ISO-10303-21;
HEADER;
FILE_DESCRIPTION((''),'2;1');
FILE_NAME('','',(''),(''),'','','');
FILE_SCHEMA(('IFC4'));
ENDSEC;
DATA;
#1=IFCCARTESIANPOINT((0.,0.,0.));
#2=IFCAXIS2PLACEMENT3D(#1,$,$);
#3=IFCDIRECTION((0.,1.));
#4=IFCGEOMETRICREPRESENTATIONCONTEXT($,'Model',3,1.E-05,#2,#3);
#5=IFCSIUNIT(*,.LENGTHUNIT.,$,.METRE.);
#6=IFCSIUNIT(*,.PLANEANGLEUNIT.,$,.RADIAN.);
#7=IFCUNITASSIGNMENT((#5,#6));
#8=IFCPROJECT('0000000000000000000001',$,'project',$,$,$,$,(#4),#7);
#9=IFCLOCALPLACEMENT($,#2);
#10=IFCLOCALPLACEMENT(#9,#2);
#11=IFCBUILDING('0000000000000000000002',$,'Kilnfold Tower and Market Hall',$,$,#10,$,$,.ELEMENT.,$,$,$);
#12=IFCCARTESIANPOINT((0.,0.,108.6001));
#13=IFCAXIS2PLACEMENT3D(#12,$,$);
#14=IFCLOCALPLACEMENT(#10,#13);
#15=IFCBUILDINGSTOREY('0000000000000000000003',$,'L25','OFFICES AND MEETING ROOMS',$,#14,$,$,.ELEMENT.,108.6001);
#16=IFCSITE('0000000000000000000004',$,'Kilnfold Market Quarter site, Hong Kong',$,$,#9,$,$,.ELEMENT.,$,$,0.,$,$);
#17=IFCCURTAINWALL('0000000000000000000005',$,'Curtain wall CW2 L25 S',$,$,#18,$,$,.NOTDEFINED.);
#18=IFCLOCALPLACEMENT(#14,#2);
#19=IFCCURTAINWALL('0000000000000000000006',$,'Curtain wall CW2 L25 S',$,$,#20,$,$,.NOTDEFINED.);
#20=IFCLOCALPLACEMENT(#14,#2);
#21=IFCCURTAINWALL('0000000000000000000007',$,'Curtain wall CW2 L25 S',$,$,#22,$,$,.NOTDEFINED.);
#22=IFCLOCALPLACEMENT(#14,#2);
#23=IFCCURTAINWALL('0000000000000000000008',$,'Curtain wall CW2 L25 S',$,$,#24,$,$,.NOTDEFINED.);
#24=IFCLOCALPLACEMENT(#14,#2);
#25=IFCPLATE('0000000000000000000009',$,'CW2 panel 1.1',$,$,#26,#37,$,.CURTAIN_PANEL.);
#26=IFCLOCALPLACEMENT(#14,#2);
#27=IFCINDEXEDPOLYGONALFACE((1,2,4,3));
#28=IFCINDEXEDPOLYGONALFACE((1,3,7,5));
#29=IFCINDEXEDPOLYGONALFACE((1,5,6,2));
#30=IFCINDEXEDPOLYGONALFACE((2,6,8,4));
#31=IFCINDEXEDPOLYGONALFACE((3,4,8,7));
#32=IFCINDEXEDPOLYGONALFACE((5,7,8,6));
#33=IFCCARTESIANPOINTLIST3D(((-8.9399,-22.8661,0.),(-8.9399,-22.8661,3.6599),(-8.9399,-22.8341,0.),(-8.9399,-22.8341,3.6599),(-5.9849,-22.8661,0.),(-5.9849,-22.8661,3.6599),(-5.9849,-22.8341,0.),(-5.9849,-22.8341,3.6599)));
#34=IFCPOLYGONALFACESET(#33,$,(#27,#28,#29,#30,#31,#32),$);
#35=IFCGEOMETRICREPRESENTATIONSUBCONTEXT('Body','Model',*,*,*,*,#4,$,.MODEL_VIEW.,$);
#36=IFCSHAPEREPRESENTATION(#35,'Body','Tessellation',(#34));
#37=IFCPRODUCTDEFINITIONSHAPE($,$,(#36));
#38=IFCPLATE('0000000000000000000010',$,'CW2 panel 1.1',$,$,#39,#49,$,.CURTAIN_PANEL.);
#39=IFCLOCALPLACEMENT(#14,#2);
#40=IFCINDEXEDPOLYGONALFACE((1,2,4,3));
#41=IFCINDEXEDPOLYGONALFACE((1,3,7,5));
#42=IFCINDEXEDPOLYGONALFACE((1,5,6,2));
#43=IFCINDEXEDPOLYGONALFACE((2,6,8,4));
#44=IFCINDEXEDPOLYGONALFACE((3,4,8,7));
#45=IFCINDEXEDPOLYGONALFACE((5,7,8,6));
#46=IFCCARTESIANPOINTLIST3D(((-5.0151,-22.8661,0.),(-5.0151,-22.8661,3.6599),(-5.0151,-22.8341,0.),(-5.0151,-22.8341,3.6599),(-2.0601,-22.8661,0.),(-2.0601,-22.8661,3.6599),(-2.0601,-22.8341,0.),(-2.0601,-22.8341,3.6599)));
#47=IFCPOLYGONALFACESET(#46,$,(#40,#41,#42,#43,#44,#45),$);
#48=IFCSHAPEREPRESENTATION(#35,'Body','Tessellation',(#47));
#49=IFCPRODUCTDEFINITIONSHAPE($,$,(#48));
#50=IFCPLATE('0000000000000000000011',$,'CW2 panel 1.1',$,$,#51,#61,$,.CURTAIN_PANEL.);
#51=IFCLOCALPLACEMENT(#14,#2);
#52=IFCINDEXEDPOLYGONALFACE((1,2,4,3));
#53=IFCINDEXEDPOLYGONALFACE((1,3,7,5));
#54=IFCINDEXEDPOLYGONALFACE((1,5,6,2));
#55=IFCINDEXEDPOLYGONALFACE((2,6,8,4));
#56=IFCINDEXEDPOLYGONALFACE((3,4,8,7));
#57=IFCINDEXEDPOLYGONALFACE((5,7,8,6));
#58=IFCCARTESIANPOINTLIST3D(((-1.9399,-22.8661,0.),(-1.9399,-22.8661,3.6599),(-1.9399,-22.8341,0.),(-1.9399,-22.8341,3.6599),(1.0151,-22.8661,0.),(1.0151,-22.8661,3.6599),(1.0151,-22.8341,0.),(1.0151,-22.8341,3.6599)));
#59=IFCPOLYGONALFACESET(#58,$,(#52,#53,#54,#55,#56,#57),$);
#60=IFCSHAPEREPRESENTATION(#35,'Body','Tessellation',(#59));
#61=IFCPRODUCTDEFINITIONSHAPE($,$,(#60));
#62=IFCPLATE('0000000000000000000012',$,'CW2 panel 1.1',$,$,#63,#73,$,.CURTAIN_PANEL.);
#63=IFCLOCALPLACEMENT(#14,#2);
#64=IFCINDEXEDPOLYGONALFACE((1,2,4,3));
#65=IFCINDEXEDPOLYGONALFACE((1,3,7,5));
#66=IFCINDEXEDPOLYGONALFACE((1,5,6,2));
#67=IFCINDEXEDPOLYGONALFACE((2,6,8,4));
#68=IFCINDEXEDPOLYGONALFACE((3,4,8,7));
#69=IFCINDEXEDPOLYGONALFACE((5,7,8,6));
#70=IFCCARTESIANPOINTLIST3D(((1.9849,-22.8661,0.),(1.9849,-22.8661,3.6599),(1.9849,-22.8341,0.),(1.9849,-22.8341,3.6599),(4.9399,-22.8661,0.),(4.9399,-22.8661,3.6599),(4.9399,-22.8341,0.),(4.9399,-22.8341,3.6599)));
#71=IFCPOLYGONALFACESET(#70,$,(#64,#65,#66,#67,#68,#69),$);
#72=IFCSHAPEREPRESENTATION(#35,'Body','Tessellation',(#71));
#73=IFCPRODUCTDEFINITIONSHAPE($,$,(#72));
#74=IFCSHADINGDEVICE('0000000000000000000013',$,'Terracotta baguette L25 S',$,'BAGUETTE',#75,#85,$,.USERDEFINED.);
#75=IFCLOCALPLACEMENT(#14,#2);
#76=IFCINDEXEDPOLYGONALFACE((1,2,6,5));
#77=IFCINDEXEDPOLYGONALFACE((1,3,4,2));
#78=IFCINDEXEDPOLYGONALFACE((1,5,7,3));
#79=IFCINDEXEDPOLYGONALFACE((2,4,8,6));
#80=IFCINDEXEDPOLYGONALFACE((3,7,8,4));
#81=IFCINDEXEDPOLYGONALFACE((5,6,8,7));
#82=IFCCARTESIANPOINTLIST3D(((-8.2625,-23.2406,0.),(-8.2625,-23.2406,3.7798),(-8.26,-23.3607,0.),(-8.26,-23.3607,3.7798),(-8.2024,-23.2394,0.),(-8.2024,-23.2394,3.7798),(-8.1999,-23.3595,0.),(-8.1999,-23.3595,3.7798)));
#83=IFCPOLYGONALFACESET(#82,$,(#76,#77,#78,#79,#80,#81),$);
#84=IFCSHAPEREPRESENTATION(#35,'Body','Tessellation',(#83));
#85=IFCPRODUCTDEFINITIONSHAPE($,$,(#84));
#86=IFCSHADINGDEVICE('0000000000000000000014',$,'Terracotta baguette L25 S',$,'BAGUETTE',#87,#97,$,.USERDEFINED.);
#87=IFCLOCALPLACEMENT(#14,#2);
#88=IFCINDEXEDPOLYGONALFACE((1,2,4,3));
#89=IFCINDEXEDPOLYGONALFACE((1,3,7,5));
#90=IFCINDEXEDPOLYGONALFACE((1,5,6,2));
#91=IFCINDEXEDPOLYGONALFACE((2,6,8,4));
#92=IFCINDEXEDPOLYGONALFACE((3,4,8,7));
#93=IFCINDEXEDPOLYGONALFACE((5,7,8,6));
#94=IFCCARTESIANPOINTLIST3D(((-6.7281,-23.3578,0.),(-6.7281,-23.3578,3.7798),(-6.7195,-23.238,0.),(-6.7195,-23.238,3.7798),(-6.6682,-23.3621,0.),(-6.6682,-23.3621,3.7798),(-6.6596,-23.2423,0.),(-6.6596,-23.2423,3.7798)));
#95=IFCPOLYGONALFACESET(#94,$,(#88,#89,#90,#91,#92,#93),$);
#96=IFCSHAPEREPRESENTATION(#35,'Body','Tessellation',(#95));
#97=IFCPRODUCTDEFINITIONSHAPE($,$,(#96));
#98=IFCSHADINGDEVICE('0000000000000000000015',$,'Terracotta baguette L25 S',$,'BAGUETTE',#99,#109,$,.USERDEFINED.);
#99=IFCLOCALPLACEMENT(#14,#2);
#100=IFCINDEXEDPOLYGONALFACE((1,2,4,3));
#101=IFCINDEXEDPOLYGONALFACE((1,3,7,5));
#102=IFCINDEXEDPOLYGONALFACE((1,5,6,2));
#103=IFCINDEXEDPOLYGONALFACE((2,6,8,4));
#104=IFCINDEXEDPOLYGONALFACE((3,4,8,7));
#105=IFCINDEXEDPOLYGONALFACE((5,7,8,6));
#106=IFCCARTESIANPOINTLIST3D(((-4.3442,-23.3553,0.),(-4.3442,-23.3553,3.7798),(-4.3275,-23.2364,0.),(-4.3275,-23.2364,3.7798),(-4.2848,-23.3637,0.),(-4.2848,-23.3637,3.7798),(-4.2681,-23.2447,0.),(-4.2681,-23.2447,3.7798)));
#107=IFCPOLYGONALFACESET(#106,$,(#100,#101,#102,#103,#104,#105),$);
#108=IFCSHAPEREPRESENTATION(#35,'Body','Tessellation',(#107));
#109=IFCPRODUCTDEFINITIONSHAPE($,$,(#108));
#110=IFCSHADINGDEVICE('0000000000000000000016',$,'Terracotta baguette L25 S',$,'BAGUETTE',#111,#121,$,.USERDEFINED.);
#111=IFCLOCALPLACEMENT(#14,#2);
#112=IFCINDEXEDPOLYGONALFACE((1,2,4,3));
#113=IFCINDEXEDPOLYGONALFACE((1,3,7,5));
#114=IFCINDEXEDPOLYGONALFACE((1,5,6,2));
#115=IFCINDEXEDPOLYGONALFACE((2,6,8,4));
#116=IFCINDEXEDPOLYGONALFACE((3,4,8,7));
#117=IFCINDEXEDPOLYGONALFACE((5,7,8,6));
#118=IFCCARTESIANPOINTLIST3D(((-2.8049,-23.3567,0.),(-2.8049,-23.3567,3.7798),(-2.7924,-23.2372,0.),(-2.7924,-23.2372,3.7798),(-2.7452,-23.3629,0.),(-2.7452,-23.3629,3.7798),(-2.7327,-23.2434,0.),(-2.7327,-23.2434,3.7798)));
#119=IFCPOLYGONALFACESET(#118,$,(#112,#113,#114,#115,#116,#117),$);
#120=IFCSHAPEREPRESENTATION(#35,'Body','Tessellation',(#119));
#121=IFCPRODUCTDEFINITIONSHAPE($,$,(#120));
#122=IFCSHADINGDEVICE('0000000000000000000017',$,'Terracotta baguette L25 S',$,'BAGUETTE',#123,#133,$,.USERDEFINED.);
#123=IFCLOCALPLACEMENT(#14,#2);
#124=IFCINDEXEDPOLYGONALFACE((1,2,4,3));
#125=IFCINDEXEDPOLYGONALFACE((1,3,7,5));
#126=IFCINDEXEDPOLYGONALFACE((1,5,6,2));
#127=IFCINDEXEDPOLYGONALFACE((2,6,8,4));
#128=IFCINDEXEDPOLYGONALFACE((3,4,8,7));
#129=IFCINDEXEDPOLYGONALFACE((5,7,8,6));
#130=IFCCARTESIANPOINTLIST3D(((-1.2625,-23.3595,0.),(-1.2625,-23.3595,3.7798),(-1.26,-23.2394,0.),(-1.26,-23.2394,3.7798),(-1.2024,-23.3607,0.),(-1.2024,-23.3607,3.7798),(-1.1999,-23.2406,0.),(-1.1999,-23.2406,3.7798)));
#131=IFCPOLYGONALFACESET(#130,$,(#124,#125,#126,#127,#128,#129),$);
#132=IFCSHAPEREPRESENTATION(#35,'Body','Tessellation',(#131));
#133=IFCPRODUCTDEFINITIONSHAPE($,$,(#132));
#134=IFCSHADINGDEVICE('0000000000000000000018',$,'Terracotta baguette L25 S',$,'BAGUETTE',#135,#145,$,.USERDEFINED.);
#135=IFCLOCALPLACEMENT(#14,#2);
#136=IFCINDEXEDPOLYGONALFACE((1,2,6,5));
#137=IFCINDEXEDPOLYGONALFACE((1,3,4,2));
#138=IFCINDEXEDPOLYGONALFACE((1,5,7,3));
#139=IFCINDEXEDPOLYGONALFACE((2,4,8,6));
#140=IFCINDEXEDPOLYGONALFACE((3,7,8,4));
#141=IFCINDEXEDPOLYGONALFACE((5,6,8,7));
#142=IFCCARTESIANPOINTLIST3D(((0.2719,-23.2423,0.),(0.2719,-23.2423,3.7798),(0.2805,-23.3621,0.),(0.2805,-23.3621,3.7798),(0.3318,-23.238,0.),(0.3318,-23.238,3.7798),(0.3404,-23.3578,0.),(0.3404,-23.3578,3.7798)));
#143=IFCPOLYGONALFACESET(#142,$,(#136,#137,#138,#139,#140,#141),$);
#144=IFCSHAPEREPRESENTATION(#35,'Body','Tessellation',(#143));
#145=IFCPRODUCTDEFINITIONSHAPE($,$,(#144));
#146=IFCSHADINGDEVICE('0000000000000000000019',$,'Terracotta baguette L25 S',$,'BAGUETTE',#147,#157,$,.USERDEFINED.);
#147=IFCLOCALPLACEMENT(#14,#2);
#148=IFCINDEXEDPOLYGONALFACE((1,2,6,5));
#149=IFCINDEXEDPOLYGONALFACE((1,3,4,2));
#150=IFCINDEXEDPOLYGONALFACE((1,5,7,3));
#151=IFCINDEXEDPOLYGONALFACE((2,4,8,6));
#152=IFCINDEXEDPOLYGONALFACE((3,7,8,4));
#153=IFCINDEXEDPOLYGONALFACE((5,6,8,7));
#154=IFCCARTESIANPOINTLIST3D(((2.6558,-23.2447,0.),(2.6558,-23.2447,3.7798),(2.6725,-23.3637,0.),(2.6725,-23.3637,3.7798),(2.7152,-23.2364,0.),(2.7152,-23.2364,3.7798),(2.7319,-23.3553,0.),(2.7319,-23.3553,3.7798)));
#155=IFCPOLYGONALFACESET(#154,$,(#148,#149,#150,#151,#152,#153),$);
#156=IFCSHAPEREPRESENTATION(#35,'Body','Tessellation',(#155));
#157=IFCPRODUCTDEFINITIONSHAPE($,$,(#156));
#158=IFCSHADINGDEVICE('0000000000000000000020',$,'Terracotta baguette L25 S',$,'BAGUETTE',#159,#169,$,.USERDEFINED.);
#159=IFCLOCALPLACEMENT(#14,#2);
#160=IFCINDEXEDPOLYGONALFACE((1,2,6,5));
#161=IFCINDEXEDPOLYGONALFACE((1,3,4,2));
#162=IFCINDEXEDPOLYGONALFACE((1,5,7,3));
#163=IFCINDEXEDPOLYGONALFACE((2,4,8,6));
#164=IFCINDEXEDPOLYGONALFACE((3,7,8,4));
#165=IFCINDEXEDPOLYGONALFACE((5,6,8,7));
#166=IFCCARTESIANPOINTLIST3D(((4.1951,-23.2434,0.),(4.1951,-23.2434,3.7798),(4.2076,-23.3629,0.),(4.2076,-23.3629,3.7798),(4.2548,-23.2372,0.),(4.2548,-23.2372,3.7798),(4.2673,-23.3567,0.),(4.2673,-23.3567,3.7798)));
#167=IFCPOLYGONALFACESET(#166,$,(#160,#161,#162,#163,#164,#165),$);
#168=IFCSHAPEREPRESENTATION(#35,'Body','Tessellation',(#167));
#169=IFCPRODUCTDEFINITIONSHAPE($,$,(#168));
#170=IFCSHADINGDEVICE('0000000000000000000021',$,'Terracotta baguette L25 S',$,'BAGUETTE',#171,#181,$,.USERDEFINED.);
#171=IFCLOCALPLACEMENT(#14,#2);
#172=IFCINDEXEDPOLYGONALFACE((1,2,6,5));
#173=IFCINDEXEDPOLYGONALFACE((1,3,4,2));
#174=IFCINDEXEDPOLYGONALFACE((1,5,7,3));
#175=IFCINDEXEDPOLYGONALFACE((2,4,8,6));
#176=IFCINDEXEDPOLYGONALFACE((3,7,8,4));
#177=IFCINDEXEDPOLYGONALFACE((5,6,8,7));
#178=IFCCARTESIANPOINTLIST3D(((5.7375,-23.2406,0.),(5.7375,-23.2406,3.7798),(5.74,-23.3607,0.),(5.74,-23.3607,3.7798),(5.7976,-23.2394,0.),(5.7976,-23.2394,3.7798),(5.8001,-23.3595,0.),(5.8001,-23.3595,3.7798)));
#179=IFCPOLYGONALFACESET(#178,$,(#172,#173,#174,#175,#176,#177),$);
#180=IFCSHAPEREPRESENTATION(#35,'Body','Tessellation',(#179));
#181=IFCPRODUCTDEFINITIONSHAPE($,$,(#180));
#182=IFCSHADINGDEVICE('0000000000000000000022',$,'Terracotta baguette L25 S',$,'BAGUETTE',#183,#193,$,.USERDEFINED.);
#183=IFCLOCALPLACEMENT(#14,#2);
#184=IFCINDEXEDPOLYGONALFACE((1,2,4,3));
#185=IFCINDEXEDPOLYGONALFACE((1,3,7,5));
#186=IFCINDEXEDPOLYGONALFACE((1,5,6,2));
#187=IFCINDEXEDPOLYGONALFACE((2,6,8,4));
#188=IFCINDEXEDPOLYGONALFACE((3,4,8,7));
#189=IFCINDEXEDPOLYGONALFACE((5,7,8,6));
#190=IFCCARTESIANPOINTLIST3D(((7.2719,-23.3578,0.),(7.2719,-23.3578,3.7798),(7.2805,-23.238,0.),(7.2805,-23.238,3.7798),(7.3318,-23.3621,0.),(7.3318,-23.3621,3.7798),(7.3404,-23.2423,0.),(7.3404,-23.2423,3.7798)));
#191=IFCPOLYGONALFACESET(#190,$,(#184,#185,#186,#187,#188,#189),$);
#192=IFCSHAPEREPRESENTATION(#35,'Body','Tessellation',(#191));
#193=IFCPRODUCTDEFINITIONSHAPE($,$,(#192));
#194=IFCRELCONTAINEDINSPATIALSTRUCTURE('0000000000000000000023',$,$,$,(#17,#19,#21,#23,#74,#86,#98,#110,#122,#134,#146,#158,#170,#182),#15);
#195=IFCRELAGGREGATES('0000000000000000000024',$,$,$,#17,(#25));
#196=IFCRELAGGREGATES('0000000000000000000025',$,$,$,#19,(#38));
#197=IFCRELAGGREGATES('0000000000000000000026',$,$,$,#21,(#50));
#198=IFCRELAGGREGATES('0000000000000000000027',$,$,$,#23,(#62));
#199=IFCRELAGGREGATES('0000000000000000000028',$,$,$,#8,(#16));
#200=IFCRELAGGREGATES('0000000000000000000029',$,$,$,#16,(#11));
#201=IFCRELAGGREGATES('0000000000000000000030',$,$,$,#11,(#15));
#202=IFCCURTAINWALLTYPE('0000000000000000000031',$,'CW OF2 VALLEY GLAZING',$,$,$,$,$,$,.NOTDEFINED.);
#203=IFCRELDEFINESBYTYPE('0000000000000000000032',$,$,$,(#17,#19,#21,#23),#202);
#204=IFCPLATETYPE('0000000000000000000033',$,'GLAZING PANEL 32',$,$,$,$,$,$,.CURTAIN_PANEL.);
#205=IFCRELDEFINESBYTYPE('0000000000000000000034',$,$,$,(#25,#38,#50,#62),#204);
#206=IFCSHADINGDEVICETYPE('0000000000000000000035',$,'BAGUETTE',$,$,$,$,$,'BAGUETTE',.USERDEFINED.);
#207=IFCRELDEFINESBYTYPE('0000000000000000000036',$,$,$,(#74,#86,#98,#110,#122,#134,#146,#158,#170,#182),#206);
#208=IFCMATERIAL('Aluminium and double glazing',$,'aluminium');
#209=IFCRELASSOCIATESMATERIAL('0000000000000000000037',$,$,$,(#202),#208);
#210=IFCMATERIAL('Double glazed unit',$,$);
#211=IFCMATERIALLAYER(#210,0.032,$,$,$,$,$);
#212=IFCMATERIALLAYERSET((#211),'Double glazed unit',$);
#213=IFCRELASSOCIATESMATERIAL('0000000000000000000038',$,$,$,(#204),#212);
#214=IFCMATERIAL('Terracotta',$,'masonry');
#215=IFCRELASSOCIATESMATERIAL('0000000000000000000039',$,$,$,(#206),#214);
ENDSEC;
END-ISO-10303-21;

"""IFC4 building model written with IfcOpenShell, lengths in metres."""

from ifc_helpers import new_model, si_unit, direction, frame, origin, origin_2d, place, context, subcontext, project, spatial, rectangle, extrude, source, transform, mapped, material, layer, layer_set, material_profile, profile_set, type_object, element, aggregate, save


model = new_model("IFC4")

# Units and contexts
model_context = context("Model", 3, precision=1e-05, world=origin(), true_north=direction((0.0, 1.0)))
body_context = subcontext(model_context, "Body", "Model", "MODEL_VIEW")
ifc_project = project(units=[si_unit("LENGTHUNIT", "METRE"), si_unit("PLANEANGLEUNIT", "RADIAN")], contexts=[model_context])

# Site, building, storey
site_placement = place(None, origin())
site = spatial("IfcSite", under=ifc_project, at=site_placement, Name="Kilnfold Market Quarter site, Hong Kong", CompositionType="ELEMENT", RefElevation=0.0)
building_placement = place(site_placement, origin())
building = spatial("IfcBuilding", under=site, at=building_placement, Name="Kilnfold Tower and Market Hall", CompositionType="ELEMENT")
storey_placement = place(building_placement, frame((0.0, 0.0, 108.6001)))
storey = spatial("IfcBuildingStorey", under=building, at=storey_placement, Name="L25", Description="OFFICES AND MEETING ROOMS", CompositionType="ELEMENT", Elevation=108.6001)

# Shared definitions
ifc_material_1 = material(Name="Aluminium and double glazing", Category="aluminium")
curtain_wall_type = type_object("IfcCurtainWallType", Name="CW OF2 VALLEY GLAZING", PredefinedType="NOTDEFINED", material=ifc_material_1)

# Curtain walls
curtain_wall_1_placement = place(storey_placement, origin())
curtain_wall_1 = element("IfcCurtainWall", 1, at=curtain_wall_1_placement, inside=storey, type_object=curtain_wall_type, Name="Curtain wall CW2 L25 S", PredefinedType="NOTDEFINED")
curtain_wall_2_placement = place(storey_placement, origin())
curtain_wall_2 = element("IfcCurtainWall", 2, at=curtain_wall_2_placement, inside=storey, type_object=curtain_wall_type, Name="Curtain wall CW2 L25 S", PredefinedType="NOTDEFINED")
curtain_wall_3_placement = place(storey_placement, origin())
curtain_wall_3 = element("IfcCurtainWall", 3, at=curtain_wall_3_placement, inside=storey, type_object=curtain_wall_type, Name="Curtain wall CW2 L25 S", PredefinedType="NOTDEFINED")
curtain_wall_4_placement = place(storey_placement, origin())
curtain_wall_4 = element("IfcCurtainWall", 4, at=curtain_wall_4_placement, inside=storey, type_object=curtain_wall_type, Name="Curtain wall CW2 L25 S", PredefinedType="NOTDEFINED")

# Plates
ifc_material_2 = material(Name="Double glazed unit")
ifc_layer = layer(ifc_material_2, 0.032)
ifc_layer_set = layer_set([ifc_layer], Name="Double glazed unit")
plate_type = type_object("IfcPlateType", Name="GLAZING PANEL 32", PredefinedType="CURTAIN_PANEL", material=ifc_layer_set)
shared_shape_1 = source(origin(), body_context, "Body", "SweptSolid", [
    extrude(rectangle(XDim=2.9551, YDim=0.032, at=origin_2d()), origin(), (0.0, 0.0, 1.0), 3.6599),
])
plate_1_placement = place(storey_placement, frame((-7.4624, -22.8501, 0.0), z_axis=(0.0, 0.0, 1.0), x_axis=(1.0, 0.0, 0.0)))
plate_1 = element("IfcPlate", 5, at=plate_1_placement, type_object=plate_type, Name="CW2 panel 1.1", PredefinedType="CURTAIN_PANEL", context=body_context, shape_type="MappedRepresentation", body=[
    mapped(shared_shape_1, transform((0.0, 0.0, 0.0))),
])
aggregate(curtain_wall_1, [plate_1])
plate_2_placement = place(storey_placement, frame((-3.5376, -22.8501, 0.0), z_axis=(0.0, 0.0, 1.0), x_axis=(1.0, 0.0, 0.0)))
plate_2 = element("IfcPlate", 6, at=plate_2_placement, type_object=plate_type, Name="CW2 panel 1.1", PredefinedType="CURTAIN_PANEL", context=body_context, shape_type="MappedRepresentation", body=[
    mapped(shared_shape_1, transform((0.0, 0.0, 0.0))),
])
aggregate(curtain_wall_2, [plate_2])
plate_3_placement = place(storey_placement, frame((-0.4624, -22.8501, 0.0), z_axis=(0.0, 0.0, 1.0), x_axis=(1.0, 0.0, 0.0)))
plate_3 = element("IfcPlate", 7, at=plate_3_placement, type_object=plate_type, Name="CW2 panel 1.1", PredefinedType="CURTAIN_PANEL", context=body_context, shape_type="MappedRepresentation", body=[
    mapped(shared_shape_1, transform((0.0, 0.0, 0.0))),
])
aggregate(curtain_wall_3, [plate_3])
plate_4_placement = place(storey_placement, frame((3.4624, -22.8501, 0.0), z_axis=(0.0, 0.0, 1.0), x_axis=(1.0, 0.0, 0.0)))
plate_4 = element("IfcPlate", 8, at=plate_4_placement, type_object=plate_type, Name="CW2 panel 1.1", PredefinedType="CURTAIN_PANEL", context=body_context, shape_type="MappedRepresentation", body=[
    mapped(shared_shape_1, transform((0.0, 0.0, 0.0))),
])
aggregate(curtain_wall_4, [plate_4])

# Shading devices
ifc_material_3 = material(Name="Terracotta", Category="masonry")
ifc_material_profile_1 = material_profile(ifc_material_3, rectangle(XDim=0.0601, YDim=0.1201, at=origin_2d()), Name="BAG 60x120")
ifc_profile_set_1 = profile_set([ifc_material_profile_1], Name="Terracotta")
shading_device_type = type_object("IfcShadingDeviceType", Name="BAGUETTE", ElementType="BAGUETTE", PredefinedType="USERDEFINED", material=ifc_profile_set_1)
shared_shape_2 = source(origin(), body_context, "Body", "SweptSolid", [
    extrude(rectangle(XDim=0.0601, YDim=0.1201, at=origin_2d()), origin(), (0.0, 0.0, 1.0), 3.7798),
])
for number, where, z_axis, x_axis, name in (
    (9, (-8.2312, -23.3, 0.0), (0.0, 0.0, 1.0), (0.999778, 0.021051, 0.0), "Terracotta baguette L25 S"),
    (10, (-6.6938, -23.3, 0.0), (0.0, 0.0, 1.0), (0.997436, -0.071567, 0.0), "Terracotta baguette L25 S"),
    (11, (-4.3062, -23.3, 0.0), (0.0, 0.0, 1.0), (0.990283, -0.139066, 0.0), "Terracotta baguette L25 S"),
    (12, (-2.7688, -23.3, 0.0), (0.0, 0.0, 1.0), (0.994586, -0.103912, 0.0), "Terracotta baguette L25 S"),
    (13, (-1.2312, -23.3, 0.0), (0.0, 0.0, 1.0), (0.999778, -0.021051, 0.0), "Terracotta baguette L25 S"),
    (14, (0.3062, -23.3, 0.0), (0.0, 0.0, 1.0), (0.997436, 0.071567, 0.0), "Terracotta baguette L25 S"),
    (15, (2.6938, -23.3, 0.0), (0.0, 0.0, 1.0), (0.990283, 0.139066, 0.0), "Terracotta baguette L25 S"),
    (16, (4.2312, -23.3, 0.0), (0.0, 0.0, 1.0), (0.994586, 0.103912, 0.0), "Terracotta baguette L25 S"),
    (17, (5.7688, -23.3, 0.0), (0.0, 0.0, 1.0), (0.999778, 0.021051, 0.0), "Terracotta baguette L25 S"),
    (18, (7.3062, -23.3, 0.0), (0.0, 0.0, 1.0), (0.997436, -0.071567, 0.0), "Terracotta baguette L25 S"),
):
    element("IfcShadingDevice", number, at=place(storey_placement, frame(where, z_axis=z_axis, x_axis=x_axis)), inside=storey, type_object=shading_device_type, Name=name, ObjectType="BAGUETTE", PredefinedType="USERDEFINED", context=body_context, shape_type="MappedRepresentation", body=[
        mapped(shared_shape_2, transform((0.0, 0.0, 0.0))),
    ])

save(model, "model.ifc")
